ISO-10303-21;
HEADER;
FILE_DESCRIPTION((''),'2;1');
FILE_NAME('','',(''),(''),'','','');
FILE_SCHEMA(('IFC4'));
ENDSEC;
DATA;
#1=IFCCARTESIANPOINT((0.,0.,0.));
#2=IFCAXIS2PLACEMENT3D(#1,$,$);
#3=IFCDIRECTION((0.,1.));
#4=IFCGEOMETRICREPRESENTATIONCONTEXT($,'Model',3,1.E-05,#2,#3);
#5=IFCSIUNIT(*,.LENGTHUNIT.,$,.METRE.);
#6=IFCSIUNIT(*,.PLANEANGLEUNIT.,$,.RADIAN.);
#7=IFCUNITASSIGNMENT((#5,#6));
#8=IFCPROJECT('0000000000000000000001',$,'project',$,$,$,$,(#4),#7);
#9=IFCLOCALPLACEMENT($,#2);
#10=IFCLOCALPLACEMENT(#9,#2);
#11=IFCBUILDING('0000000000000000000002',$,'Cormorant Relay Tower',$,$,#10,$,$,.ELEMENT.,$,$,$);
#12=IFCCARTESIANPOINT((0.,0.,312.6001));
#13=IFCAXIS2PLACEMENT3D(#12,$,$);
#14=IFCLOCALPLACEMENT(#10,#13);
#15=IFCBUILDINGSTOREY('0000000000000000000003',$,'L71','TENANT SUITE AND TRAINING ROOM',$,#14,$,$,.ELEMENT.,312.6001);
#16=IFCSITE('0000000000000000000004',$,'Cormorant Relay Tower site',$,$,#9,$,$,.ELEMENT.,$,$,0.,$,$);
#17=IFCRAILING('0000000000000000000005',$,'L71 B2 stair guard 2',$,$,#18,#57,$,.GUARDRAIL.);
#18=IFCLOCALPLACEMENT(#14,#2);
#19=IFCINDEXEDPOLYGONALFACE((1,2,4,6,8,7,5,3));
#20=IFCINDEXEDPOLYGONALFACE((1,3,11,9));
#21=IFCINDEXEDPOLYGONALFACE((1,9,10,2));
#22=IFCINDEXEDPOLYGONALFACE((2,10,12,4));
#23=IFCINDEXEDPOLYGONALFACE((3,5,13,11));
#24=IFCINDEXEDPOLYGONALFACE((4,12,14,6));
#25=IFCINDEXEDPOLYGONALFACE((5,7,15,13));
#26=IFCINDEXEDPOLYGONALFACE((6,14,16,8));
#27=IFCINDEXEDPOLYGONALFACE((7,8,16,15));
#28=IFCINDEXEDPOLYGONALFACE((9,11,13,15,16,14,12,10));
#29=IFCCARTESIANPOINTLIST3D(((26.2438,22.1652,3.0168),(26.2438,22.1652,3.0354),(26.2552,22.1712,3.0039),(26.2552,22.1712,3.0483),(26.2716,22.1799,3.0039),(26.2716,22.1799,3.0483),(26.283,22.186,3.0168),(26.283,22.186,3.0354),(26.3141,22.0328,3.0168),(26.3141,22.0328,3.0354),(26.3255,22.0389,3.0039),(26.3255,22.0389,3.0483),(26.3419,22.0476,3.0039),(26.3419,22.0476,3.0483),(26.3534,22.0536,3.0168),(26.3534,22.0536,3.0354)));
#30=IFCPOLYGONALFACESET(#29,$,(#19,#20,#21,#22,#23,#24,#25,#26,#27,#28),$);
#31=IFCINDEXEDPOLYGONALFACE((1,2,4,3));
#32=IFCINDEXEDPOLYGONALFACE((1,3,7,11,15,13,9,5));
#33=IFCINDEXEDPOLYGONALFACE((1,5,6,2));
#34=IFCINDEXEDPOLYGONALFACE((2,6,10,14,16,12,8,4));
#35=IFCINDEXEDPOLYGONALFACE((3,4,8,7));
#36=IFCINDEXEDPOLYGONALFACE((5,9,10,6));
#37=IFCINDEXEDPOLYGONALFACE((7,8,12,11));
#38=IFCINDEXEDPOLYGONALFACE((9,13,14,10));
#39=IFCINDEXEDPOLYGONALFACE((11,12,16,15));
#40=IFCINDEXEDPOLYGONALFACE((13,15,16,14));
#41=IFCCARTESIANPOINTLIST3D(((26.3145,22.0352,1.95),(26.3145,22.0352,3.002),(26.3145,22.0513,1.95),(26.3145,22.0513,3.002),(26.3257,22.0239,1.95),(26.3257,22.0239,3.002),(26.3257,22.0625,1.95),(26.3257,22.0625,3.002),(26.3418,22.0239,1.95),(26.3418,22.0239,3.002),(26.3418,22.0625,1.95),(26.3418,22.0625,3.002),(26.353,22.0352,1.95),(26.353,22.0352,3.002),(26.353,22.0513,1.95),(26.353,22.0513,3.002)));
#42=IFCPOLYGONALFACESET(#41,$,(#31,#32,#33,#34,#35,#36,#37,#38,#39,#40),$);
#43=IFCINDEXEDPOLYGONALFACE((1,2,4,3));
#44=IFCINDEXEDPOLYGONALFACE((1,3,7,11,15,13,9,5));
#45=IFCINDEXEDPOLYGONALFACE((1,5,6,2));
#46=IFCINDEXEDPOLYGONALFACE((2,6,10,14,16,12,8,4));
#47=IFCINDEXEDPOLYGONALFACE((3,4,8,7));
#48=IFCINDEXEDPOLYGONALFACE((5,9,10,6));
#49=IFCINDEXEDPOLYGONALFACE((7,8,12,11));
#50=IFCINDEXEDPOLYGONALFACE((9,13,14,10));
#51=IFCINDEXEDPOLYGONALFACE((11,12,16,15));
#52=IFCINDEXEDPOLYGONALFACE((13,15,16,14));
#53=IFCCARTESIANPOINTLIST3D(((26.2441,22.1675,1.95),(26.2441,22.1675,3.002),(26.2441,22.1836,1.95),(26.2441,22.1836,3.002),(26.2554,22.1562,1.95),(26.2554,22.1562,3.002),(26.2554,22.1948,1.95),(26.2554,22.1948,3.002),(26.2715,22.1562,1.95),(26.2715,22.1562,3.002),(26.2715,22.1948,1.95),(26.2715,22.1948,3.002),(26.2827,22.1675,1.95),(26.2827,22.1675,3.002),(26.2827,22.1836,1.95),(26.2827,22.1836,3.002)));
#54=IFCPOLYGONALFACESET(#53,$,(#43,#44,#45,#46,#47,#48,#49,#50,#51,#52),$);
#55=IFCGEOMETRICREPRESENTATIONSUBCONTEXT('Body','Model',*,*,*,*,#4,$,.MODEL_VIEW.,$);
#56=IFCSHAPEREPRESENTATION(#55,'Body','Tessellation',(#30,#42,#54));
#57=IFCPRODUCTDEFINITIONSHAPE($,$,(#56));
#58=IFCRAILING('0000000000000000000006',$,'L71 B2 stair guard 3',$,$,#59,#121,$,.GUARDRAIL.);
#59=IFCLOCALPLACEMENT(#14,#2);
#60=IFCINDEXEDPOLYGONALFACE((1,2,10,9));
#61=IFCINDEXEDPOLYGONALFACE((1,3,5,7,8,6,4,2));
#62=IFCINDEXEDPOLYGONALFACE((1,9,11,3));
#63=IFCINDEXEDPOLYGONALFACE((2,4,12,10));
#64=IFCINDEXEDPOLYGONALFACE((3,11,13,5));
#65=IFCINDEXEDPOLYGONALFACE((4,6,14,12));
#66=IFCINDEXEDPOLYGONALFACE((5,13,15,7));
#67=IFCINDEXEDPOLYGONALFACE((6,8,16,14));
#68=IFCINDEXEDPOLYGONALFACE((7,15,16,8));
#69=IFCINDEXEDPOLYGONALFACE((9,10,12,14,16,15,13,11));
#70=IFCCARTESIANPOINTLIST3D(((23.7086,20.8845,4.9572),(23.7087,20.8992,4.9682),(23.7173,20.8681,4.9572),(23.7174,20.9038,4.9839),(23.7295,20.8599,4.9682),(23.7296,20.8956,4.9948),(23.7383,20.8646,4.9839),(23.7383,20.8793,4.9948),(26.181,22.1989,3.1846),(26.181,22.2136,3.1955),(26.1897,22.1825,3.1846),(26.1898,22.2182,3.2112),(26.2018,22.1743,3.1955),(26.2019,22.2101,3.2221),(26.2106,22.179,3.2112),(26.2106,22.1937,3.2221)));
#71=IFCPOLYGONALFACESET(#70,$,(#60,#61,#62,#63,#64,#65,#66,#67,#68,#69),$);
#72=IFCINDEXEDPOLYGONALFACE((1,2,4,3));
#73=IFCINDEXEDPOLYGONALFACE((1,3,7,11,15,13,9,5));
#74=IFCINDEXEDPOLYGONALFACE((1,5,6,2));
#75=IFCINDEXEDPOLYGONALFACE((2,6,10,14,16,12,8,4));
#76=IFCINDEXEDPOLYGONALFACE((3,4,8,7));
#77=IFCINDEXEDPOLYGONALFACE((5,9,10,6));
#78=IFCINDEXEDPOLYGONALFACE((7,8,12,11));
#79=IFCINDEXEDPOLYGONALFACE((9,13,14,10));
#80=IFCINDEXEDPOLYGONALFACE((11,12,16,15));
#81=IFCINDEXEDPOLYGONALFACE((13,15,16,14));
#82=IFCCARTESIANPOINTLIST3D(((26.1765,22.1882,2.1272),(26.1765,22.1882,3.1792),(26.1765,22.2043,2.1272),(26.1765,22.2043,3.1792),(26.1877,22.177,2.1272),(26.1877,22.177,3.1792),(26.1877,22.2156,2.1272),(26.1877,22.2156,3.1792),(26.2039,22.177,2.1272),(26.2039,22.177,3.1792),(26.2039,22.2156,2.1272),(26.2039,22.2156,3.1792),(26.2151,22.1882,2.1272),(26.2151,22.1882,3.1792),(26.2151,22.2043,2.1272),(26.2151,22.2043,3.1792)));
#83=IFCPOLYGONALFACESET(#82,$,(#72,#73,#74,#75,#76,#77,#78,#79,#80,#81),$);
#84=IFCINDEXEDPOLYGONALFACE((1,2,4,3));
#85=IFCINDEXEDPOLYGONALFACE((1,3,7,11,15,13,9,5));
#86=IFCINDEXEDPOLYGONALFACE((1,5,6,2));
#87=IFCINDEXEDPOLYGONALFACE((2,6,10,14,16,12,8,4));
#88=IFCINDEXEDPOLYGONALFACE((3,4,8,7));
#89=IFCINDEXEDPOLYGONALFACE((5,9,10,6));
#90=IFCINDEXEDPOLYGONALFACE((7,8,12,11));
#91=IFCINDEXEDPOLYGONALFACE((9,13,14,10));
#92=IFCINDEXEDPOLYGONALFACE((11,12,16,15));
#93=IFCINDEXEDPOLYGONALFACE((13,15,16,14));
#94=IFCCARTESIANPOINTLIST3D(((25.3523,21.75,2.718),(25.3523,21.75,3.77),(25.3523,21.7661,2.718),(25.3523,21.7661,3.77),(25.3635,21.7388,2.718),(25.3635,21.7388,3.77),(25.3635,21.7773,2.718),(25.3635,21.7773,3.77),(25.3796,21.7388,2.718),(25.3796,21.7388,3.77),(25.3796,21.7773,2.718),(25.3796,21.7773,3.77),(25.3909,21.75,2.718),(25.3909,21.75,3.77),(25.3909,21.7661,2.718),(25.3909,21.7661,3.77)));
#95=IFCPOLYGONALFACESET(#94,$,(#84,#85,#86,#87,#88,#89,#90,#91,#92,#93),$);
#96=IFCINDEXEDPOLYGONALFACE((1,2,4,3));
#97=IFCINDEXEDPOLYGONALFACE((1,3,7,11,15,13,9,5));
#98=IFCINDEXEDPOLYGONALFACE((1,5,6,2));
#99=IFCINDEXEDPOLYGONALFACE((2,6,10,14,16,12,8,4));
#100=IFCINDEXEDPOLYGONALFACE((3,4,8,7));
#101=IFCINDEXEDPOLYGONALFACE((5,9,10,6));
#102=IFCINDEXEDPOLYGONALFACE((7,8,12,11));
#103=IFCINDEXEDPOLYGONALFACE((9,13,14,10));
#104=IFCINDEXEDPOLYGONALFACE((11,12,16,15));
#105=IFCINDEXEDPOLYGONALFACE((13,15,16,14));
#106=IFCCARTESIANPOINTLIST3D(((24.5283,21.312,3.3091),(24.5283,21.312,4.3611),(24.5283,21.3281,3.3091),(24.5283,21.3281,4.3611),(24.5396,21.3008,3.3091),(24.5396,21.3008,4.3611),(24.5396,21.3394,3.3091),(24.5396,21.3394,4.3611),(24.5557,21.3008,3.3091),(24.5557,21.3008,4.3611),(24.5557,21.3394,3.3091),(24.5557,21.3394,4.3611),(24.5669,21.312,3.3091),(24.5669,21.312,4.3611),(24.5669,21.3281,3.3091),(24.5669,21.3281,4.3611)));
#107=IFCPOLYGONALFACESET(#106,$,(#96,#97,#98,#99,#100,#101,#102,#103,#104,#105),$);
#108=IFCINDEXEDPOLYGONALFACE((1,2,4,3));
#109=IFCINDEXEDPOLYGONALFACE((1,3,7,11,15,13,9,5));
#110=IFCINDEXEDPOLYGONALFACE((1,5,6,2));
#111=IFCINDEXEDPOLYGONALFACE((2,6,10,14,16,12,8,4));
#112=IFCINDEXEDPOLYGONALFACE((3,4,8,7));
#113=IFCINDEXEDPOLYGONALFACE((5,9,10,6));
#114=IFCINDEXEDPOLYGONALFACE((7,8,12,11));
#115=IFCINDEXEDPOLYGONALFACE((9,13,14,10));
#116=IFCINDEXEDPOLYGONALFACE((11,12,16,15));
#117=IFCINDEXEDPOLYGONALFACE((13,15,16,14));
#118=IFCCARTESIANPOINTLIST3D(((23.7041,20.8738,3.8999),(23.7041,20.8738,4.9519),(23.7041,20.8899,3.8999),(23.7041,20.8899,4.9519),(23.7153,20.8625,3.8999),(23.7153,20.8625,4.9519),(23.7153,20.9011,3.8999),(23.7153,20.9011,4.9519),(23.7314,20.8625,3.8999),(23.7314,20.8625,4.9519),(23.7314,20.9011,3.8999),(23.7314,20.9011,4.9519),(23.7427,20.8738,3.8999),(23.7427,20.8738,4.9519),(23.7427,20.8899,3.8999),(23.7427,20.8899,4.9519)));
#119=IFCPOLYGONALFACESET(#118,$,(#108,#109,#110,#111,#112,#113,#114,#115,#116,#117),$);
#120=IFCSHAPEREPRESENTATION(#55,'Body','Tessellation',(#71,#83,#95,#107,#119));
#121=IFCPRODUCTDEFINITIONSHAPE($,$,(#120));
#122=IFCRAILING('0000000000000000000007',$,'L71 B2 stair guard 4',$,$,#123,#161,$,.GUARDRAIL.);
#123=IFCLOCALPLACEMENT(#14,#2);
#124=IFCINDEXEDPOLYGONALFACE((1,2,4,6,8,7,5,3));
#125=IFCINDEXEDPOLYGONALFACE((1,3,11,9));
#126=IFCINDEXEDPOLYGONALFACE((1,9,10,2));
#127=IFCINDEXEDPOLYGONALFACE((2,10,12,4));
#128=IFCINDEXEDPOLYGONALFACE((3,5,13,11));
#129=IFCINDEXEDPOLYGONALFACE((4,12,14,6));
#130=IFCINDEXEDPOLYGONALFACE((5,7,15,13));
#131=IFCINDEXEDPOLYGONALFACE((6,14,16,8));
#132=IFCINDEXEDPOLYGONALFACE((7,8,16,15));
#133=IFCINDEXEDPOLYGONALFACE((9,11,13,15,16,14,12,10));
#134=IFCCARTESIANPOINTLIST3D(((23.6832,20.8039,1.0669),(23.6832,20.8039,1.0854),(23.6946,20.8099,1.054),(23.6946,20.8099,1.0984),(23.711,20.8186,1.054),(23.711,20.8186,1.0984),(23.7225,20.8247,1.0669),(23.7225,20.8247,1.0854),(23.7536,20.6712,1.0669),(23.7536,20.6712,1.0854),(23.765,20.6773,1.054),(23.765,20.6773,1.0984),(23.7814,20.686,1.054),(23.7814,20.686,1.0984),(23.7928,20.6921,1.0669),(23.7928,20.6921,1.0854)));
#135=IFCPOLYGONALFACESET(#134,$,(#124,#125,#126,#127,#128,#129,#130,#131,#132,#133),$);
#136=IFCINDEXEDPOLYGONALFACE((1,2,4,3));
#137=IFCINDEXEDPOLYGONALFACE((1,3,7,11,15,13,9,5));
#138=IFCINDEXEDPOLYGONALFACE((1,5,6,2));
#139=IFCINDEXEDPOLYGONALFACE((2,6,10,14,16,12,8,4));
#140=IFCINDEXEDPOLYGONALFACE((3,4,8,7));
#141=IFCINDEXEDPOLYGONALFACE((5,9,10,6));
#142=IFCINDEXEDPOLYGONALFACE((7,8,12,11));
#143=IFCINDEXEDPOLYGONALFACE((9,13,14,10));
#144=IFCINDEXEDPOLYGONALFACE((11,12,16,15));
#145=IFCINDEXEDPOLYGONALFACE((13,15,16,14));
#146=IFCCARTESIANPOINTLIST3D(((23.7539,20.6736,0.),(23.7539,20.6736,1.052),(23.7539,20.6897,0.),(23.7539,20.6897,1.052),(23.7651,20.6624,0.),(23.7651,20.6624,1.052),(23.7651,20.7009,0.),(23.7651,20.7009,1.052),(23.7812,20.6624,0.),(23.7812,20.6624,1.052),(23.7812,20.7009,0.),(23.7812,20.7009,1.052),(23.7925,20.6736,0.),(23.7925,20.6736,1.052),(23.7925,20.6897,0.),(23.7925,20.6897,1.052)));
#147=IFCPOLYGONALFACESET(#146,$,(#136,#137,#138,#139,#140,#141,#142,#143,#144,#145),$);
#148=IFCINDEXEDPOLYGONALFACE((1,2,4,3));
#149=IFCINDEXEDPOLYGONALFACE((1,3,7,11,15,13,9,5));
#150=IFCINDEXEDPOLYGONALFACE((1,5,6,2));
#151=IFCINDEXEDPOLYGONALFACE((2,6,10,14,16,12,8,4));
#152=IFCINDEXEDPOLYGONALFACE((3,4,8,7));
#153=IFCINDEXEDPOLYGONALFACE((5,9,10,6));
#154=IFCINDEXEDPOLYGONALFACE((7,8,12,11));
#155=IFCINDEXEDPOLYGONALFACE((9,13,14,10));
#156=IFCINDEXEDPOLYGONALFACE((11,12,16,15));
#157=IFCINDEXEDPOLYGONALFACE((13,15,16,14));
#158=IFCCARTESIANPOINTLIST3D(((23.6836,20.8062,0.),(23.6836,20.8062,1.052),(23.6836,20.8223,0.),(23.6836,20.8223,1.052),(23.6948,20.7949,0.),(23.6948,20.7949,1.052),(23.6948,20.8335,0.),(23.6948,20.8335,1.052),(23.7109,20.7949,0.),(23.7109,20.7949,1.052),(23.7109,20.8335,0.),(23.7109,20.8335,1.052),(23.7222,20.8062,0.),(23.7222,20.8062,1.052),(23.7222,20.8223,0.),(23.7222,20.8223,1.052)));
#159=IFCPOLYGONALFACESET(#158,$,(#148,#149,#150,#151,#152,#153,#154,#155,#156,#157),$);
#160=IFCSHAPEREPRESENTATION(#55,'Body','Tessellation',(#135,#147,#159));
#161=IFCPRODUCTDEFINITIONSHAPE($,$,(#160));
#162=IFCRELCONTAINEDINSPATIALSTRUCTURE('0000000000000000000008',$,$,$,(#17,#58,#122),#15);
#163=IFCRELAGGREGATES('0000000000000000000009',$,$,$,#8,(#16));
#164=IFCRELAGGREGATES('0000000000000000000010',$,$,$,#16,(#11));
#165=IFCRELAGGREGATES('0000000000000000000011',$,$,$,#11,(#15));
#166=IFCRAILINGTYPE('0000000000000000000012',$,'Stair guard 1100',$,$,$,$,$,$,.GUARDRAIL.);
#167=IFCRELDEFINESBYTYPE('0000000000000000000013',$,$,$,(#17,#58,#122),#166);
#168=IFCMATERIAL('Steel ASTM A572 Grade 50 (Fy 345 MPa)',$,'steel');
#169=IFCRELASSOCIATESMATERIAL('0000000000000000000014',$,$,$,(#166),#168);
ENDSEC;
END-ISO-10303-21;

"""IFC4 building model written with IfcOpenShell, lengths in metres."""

from ifc_helpers import new_model, si_unit, direction, frame, origin, place, context, subcontext, project, spatial, polyline, outline, extrude, material, type_object, element, save


model = new_model("IFC4")

# Units and contexts
model_context = context("Model", 3, precision=1e-05, world=origin(), true_north=direction((0.0, 1.0)))
body_context = subcontext(model_context, "Body", "Model", "MODEL_VIEW")
ifc_project = project(units=[si_unit("LENGTHUNIT", "METRE"), si_unit("PLANEANGLEUNIT", "RADIAN")], contexts=[model_context])

# Site, building, storey
site_placement = place(None, origin())
site = spatial("IfcSite", under=ifc_project, at=site_placement, Name="Cormorant Relay Tower site", CompositionType="ELEMENT", RefElevation=0.0)
building_placement = place(site_placement, origin())
building = spatial("IfcBuilding", under=site, at=building_placement, Name="Cormorant Relay Tower", CompositionType="ELEMENT")
storey_placement = place(building_placement, frame((0.0, 0.0, 312.6001)))
storey = spatial("IfcBuildingStorey", under=building, at=storey_placement, Name="L71", Description="TENANT SUITE AND TRAINING ROOM", CompositionType="ELEMENT", Elevation=312.6001)

# Railings
ifc_material_1 = material(Name="Steel ASTM A572 Grade 50 (Fy 345 MPa)", Category="steel")
railing_type_1 = type_object("IfcRailingType", Name="Stair guard 1100", PredefinedType="GUARDRAIL", material=ifc_material_1)
railing_1_placement = place(storey_placement, frame((26.3337, 22.0432, 1.95)))
element("IfcRailing", 1, at=railing_1_placement, inside=storey, type_object=railing_type_1, Name="L71 B2 stair guard 2", PredefinedType="GUARDRAIL", context=body_context, shape_type="SweptSolid", body=[
    extrude(outline(polyline([(0.0222, 0.0093), (0.0093, 0.0222), (-0.0093, 0.0222), (-0.0222, 0.0093), (-0.0222, -0.0093), (-0.0093, -0.0222), (0.0093, -0.0222), (0.0222, -0.0093), (0.0222, 0.0093)])), frame((0.0, 0.0, 1.0762), z_axis=(-0.469235, 0.883074, 0.0), x_axis=(-0.883074, -0.469235, 0.0)), (0.0, 0.0, 1.0), 0.1499),
    extrude(outline(polyline([(0.0193, 0.0081), (0.0081, 0.0193), (-0.0081, 0.0193), (-0.0193, 0.0081), (-0.0193, -0.0081), (-0.0081, -0.0193), (0.0081, -0.0193), (0.0193, -0.0081), (0.0193, 0.0081)])), origin(), (0.0, 0.0, 1.0), 1.052),
    extrude(outline(polyline([(0.0193, 0.0081), (0.0081, 0.0193), (-0.0081, 0.0193), (-0.0193, 0.0081), (-0.0193, -0.0081), (-0.0081, -0.0193), (0.0081, -0.0193), (0.0193, -0.0081), (0.0193, 0.0081)])), frame((-0.0703, 0.1323, 0.0)), (0.0, 0.0, 1.0), 1.052),
])
railing_2_placement = place(storey_placement, frame((26.1958, 22.1963, 2.1272)))
element("IfcRailing", 2, at=railing_2_placement, inside=storey, type_object=railing_type_1, Name="L71 B2 stair guard 3", PredefinedType="GUARDRAIL", context=body_context, shape_type="SweptSolid", body=[
    extrude(outline(polyline([(0.0222, 0.0093), (0.0093, 0.0222), (-0.0093, 0.0222), (-0.0222, 0.0093), (-0.0222, -0.0093), (-0.0093, -0.0222), (0.0093, -0.0222), (0.0222, -0.0093), (0.0222, 0.0093)])), frame((0.0, 0.0, 1.0762), z_axis=(-0.746034, -0.396627, 0.534902), x_axis=(0.469429, -0.88297, 0.0)), (0.0, 0.0, 1.0), 3.314),
    extrude(outline(polyline([(0.0193, 0.0081), (0.0081, 0.0193), (-0.0081, 0.0193), (-0.0193, 0.0081), (-0.0193, -0.0081), (-0.0081, -0.0193), (0.0081, -0.0193), (0.0193, -0.0081), (0.0193, 0.0081)])), origin(), (0.0, 0.0, 1.0), 1.052),
    extrude(outline(polyline([(0.0193, 0.0081), (0.0081, 0.0193), (-0.0081, 0.0193), (-0.0193, 0.0081), (-0.0193, -0.0081), (-0.0081, -0.0193), (0.0081, -0.0193), (0.0193, -0.0081), (0.0193, 0.0081)])), frame((-0.8242, -0.4382, 0.5908)), (0.0, 0.0, 1.0), 1.052),
    extrude(outline(polyline([(0.0193, 0.0081), (0.0081, 0.0193), (-0.0081, 0.0193), (-0.0193, 0.0081), (-0.0193, -0.0081), (-0.0081, -0.0193), (0.0081, -0.0193), (0.0193, -0.0081), (0.0193, 0.0081)])), frame((-1.6482, -0.8762, 1.1819)), (0.0, 0.0, 1.0), 1.052),
    extrude(outline(polyline([(0.0193, 0.0081), (0.0081, 0.0193), (-0.0081, 0.0193), (-0.0193, 0.0081), (-0.0193, -0.0081), (-0.0081, -0.0193), (0.0081, -0.0193), (0.0193, -0.0081), (0.0193, 0.0081)])), frame((-2.4724, -1.3145, 1.7727)), (0.0, 0.0, 1.0), 1.052),
])
railing_3_placement = place(storey_placement, frame((23.7732, 20.6816, 0.0)))
element("IfcRailing", 3, at=railing_3_placement, inside=storey, type_object=railing_type_1, Name="L71 B2 stair guard 4", PredefinedType="GUARDRAIL", context=body_context, shape_type="SweptSolid", body=[
    extrude(outline(polyline([(0.0222, 0.0093), (0.0093, 0.0222), (-0.0093, 0.0222), (-0.0222, 0.0093), (-0.0222, -0.0093), (-0.0093, -0.0222), (0.0093, -0.0222), (0.0222, -0.0093), (0.0222, 0.0093)])), frame((0.0, 0.0, 1.0762), z_axis=(-0.46856, 0.883431, 0.0), x_axis=(-0.883431, -0.46856, 0.0)), (0.0, 0.0, 1.0), 0.1501),
    extrude(outline(polyline([(0.0193, 0.0081), (0.0081, 0.0193), (-0.0081, 0.0193), (-0.0193, 0.0081), (-0.0193, -0.0081), (-0.0081, -0.0193), (0.0081, -0.0193), (0.0193, -0.0081), (0.0193, 0.0081)])), origin(), (0.0, 0.0, 1.0), 1.052),
    extrude(outline(polyline([(0.0193, 0.0081), (0.0081, 0.0193), (-0.0081, 0.0193), (-0.0193, 0.0081), (-0.0193, -0.0081), (-0.0081, -0.0193), (0.0081, -0.0193), (0.0193, -0.0081), (0.0193, 0.0081)])), frame((-0.0703, 0.1326, 0.0)), (0.0, 0.0, 1.0), 1.052),
])

save(model, "model.ifc")
